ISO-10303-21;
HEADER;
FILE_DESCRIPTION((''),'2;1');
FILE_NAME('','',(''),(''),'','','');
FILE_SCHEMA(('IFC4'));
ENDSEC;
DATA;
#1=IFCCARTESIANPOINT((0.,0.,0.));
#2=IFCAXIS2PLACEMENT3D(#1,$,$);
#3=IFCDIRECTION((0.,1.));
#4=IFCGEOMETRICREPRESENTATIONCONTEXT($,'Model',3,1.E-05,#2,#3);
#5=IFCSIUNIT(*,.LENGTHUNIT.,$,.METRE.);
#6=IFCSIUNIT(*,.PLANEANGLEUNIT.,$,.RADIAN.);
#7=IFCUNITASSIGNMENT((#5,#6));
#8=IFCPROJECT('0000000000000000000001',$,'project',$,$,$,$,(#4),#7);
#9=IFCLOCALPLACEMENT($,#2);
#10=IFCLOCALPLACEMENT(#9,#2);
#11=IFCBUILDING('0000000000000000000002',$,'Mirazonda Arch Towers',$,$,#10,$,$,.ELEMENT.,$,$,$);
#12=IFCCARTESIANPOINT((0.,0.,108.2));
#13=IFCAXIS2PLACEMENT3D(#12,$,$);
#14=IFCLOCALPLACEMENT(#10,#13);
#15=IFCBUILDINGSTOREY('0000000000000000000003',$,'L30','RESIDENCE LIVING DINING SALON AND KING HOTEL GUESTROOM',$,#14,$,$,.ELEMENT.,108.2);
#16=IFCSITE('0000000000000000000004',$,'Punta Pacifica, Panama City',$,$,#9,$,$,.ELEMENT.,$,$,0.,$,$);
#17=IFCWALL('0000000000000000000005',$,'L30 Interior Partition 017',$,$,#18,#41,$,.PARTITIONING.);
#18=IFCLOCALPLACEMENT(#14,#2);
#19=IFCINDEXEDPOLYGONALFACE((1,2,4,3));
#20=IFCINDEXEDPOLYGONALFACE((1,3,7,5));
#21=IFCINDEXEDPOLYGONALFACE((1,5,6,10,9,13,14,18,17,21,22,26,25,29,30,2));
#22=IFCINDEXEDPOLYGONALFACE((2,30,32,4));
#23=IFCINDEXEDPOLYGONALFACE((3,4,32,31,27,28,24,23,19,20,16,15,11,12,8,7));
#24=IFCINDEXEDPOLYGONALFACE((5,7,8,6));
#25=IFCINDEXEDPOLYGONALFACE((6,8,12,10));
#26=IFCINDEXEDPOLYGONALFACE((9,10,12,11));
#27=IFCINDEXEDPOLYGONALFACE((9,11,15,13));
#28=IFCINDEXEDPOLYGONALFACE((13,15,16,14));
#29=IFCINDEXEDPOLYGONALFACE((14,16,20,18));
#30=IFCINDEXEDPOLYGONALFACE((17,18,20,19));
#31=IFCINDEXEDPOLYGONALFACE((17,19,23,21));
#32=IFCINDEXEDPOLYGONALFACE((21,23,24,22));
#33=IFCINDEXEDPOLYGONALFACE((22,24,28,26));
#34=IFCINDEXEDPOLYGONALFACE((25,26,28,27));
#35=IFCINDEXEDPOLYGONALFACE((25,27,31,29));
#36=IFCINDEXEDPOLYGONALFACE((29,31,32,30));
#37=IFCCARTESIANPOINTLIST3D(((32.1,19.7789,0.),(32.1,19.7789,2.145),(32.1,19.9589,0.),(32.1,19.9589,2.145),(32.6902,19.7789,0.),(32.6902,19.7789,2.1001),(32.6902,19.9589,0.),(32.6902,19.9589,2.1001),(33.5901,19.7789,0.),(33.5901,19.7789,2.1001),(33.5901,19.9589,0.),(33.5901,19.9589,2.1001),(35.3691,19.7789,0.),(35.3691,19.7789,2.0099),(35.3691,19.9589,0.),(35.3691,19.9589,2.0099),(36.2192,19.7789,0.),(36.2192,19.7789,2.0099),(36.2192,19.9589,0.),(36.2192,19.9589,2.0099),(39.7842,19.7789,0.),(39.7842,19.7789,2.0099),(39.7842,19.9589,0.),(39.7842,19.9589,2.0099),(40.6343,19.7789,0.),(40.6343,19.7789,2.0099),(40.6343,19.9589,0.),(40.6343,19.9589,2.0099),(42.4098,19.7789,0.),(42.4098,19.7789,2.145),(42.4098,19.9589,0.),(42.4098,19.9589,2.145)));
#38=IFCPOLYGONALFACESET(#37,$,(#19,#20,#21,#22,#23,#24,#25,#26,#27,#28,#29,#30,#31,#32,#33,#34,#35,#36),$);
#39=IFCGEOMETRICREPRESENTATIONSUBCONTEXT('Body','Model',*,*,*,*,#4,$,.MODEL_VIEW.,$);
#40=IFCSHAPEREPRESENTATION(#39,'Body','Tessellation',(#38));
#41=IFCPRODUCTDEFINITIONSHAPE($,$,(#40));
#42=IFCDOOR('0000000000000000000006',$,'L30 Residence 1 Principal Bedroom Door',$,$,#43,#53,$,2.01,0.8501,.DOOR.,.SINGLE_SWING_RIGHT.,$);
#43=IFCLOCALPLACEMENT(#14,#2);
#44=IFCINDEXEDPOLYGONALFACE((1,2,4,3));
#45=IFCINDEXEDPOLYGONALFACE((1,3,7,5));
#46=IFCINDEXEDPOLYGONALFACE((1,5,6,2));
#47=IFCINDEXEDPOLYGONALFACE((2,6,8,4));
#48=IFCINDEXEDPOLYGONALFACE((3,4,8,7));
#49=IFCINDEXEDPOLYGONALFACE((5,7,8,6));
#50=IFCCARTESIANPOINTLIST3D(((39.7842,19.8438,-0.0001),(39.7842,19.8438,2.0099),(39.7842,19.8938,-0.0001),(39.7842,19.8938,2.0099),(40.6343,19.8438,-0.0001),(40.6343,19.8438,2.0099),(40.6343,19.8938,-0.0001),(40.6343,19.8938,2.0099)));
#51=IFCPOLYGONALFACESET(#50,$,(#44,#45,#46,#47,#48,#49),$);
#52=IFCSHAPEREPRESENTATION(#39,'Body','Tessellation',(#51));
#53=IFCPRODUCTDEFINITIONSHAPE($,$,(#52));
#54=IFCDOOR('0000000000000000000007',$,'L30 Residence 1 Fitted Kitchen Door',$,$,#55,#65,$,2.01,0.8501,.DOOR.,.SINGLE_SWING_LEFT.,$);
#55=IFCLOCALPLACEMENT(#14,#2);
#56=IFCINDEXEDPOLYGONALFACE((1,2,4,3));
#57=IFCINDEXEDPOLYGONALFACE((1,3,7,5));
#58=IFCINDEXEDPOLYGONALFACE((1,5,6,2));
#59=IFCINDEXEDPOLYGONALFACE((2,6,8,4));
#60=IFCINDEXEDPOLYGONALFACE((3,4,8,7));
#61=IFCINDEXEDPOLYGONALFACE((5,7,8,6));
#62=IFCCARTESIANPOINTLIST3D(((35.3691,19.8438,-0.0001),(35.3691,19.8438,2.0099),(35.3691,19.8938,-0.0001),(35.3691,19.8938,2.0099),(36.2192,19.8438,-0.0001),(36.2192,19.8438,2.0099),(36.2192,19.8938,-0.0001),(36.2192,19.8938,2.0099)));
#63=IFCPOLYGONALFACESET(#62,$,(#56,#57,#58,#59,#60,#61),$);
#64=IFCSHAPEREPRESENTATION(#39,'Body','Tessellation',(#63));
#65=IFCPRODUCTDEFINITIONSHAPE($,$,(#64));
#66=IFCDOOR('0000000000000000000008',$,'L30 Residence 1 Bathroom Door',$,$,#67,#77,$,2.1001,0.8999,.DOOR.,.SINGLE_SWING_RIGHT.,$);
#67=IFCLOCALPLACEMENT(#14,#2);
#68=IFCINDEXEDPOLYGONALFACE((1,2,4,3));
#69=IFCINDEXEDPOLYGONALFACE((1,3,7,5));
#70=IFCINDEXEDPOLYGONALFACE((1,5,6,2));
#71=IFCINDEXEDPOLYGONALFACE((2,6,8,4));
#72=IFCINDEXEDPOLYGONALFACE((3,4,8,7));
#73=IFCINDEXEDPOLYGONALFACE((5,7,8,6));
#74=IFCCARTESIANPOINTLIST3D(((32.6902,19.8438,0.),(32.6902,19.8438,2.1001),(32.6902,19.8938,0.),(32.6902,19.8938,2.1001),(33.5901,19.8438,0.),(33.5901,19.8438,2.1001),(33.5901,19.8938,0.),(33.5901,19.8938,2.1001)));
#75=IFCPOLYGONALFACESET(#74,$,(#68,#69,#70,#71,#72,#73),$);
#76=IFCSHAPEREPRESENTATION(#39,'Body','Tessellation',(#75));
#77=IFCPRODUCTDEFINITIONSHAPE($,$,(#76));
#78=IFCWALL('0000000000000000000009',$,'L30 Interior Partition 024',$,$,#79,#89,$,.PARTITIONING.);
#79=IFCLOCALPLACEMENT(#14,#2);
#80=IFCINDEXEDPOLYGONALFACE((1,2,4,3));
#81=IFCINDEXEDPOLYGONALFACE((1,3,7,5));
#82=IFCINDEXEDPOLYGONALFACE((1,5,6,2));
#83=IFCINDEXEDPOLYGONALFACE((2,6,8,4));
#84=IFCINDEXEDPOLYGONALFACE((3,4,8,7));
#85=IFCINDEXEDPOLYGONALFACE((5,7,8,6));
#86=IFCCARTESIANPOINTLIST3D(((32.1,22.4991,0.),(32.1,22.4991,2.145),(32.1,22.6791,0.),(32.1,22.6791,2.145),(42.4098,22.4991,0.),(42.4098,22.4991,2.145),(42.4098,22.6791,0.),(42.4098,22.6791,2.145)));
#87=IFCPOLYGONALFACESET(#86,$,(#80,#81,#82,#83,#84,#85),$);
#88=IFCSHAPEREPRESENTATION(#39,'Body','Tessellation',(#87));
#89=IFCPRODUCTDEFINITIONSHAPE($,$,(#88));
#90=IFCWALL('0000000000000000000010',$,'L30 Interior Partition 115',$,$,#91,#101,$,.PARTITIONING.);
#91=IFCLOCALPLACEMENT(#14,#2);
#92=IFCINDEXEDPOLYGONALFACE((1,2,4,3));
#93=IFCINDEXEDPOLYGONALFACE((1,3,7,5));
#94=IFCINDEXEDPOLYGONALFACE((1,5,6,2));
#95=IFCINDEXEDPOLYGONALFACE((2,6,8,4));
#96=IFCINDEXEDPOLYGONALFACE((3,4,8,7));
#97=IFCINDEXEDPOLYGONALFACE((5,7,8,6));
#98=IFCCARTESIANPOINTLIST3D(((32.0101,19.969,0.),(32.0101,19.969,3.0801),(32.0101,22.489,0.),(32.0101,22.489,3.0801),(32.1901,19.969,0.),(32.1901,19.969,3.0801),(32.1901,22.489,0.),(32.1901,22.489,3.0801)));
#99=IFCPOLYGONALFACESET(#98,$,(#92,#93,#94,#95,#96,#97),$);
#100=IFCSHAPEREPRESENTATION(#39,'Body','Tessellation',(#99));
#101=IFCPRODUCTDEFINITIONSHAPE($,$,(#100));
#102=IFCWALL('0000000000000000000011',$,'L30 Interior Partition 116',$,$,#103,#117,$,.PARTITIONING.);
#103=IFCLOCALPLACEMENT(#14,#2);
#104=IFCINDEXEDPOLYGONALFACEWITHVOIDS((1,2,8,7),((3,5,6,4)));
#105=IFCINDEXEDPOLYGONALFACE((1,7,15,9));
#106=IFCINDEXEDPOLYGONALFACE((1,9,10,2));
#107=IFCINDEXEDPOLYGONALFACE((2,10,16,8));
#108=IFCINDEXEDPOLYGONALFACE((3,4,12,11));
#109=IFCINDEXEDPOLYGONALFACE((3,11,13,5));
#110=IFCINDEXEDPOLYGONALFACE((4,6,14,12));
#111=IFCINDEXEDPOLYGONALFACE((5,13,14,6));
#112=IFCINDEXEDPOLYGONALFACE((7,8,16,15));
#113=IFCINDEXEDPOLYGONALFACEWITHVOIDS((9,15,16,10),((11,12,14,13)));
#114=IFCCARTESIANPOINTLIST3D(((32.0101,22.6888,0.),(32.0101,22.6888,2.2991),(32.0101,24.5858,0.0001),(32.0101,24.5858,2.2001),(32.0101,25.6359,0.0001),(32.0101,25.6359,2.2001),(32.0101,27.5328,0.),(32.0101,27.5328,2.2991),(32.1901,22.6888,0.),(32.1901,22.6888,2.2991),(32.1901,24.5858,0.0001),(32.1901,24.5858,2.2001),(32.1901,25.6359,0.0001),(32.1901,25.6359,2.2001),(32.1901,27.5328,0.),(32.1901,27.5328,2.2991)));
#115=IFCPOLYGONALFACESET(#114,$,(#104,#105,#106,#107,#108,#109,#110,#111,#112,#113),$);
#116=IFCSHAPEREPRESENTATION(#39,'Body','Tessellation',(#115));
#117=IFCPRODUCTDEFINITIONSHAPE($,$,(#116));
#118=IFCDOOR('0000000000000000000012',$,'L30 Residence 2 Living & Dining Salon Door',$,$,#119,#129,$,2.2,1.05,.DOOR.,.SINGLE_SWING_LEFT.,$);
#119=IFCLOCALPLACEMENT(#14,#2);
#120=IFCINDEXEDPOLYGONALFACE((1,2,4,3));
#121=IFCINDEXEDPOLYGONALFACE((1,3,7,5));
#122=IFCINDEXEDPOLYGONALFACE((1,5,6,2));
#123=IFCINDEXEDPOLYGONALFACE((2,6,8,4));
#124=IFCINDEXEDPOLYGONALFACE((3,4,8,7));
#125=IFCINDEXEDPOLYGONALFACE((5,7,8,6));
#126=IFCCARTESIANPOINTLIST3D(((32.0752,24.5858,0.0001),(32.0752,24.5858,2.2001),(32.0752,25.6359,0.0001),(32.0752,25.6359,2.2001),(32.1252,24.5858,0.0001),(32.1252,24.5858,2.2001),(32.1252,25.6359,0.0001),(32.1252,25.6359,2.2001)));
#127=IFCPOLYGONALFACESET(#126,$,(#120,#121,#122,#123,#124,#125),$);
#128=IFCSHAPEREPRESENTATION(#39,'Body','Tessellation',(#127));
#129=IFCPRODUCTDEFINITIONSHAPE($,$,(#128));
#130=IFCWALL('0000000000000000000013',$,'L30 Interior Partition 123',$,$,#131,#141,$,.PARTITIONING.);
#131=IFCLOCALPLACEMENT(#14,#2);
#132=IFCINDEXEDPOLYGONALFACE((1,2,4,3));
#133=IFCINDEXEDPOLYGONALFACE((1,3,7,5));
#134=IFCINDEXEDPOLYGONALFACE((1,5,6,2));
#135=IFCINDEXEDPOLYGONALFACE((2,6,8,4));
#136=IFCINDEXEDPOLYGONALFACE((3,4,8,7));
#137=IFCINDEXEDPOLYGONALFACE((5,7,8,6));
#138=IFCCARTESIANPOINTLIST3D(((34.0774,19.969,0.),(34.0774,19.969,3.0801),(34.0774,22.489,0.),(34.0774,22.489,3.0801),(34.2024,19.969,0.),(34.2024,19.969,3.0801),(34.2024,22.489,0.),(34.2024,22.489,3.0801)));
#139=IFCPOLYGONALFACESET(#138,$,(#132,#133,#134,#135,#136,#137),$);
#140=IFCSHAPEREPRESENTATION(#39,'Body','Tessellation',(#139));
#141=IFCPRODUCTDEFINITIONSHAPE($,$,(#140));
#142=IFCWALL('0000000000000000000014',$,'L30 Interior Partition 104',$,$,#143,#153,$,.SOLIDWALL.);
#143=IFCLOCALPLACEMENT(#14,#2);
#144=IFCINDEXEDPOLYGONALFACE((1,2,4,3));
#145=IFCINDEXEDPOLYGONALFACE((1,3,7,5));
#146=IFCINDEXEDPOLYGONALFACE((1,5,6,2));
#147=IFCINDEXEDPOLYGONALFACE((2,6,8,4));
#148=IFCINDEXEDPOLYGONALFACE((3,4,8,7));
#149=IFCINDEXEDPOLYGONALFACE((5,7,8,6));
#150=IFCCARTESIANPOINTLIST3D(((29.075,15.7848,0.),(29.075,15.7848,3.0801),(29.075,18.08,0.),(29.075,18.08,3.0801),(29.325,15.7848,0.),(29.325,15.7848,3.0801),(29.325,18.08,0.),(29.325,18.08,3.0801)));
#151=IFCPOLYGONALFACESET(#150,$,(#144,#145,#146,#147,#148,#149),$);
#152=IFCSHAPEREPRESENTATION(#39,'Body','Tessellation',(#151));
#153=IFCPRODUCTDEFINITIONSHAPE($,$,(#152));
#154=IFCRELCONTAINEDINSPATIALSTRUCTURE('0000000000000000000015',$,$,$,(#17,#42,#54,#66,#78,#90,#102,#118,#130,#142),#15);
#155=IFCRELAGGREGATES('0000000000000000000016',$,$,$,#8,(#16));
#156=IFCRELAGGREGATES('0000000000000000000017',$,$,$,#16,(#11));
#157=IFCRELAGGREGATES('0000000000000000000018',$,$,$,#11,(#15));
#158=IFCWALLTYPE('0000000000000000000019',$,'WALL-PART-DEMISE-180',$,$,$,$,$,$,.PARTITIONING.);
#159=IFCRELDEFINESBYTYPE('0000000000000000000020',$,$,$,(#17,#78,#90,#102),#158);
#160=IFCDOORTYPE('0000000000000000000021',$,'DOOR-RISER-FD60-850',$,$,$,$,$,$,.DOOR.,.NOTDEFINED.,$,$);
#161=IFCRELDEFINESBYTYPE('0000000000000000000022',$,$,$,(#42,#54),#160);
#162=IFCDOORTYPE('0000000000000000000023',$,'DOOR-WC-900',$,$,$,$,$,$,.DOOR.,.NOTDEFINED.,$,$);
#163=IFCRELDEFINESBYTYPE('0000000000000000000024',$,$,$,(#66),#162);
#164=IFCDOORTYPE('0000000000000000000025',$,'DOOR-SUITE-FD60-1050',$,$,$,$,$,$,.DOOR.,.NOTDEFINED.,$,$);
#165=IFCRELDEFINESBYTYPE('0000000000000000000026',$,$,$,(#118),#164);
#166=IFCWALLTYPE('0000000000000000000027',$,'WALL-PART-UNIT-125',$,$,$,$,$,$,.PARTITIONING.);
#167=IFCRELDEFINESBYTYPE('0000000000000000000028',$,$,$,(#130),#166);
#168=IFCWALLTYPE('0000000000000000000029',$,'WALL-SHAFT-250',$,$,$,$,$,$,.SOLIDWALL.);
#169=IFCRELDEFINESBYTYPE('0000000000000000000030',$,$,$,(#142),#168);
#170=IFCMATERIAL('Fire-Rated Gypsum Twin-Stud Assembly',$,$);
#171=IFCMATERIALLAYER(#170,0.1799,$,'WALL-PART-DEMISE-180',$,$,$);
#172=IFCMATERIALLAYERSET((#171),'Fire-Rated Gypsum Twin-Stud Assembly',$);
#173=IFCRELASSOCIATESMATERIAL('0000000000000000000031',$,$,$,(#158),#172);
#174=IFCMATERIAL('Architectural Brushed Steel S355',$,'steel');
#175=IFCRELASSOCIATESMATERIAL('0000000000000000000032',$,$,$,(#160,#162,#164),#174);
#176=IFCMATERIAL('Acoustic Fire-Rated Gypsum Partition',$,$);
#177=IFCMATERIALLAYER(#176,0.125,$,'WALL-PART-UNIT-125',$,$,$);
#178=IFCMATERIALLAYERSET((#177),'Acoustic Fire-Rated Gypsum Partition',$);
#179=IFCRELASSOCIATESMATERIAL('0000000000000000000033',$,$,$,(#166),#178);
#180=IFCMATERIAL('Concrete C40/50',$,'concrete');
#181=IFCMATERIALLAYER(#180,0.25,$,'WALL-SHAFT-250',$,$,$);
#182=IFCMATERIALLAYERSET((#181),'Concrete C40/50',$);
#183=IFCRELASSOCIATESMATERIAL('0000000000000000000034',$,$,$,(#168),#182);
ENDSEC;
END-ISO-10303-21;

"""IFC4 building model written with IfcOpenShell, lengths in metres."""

from ifc_helpers import new_model, si_unit, direction, frame, frame_2d, origin, place, context, subcontext, project, spatial, rectangle, extrude, material, layer, layer_set, type_object, element, fill, save


model = new_model("IFC4")

# Units and contexts
model_context = context("Model", 3, precision=1e-05, world=origin(), true_north=direction((0.0, 1.0)))
body_context = subcontext(model_context, "Body", "Model", "MODEL_VIEW")
ifc_project = project(units=[si_unit("LENGTHUNIT", "METRE"), si_unit("PLANEANGLEUNIT", "RADIAN")], contexts=[model_context])

# Site, building, storey
site_placement = place(None, origin())
site = spatial("IfcSite", under=ifc_project, at=site_placement, Name="Punta Pacifica, Panama City", CompositionType="ELEMENT", RefElevation=0.0)
building_placement = place(site_placement, origin())
building = spatial("IfcBuilding", under=site, at=building_placement, Name="Mirazonda Arch Towers", CompositionType="ELEMENT")
storey_placement = place(building_placement, frame((0.0, 0.0, 108.2)))
storey = spatial("IfcBuildingStorey", under=building, at=storey_placement, Name="L30", Description="RESIDENCE LIVING DINING SALON AND KING HOTEL GUESTROOM", CompositionType="ELEMENT", Elevation=108.2)

# Wall, openings, doors
ifc_material_1 = material(Name="Fire-Rated Gypsum Twin-Stud Assembly")
ifc_layer_1 = layer(ifc_material_1, 0.1799, Name="WALL-PART-DEMISE-180")
ifc_layer_set_1 = layer_set([ifc_layer_1], Name="Fire-Rated Gypsum Twin-Stud Assembly")
wall_type_1 = type_object("IfcWallType", Name="WALL-PART-DEMISE-180", PredefinedType="PARTITIONING", material=ifc_layer_set_1)
wall_1_placement = place(storey_placement, frame((32.1001, 19.8689, 0.0), z_axis=(0.0, 0.0, 1.0), x_axis=(1.0, 0.0, 0.0)))
wall_1 = element("IfcWall", 1, at=wall_1_placement, inside=storey, type_object=wall_type_1, Name="L30 Interior Partition 017", PredefinedType="PARTITIONING", context=body_context, shape_type="SweptSolid", body=[
    extrude(rectangle(XDim=10.3098, YDim=0.1799, at=frame_2d((5.1548, 0.0))), origin(), (0.0, 0.0, 1.0), 2.145),
])
opening_1_placement = place(wall_1_placement, frame((7.6841, 0.0, 0.0)))
opening_1 = element("IfcOpeningElement", 2, at=opening_1_placement, cuts=wall_1, PredefinedType="OPENING", context=body_context, shape_type="SweptSolid", body=[
    extrude(rectangle(XDim=0.8501, YDim=2.01, at=frame_2d((0.425, 1.0049))), frame((0.0, 0.0999, 0.0), z_axis=(0.0, -1.0, 0.0), x_axis=(1.0, 0.0, 0.0)), (0.0, 0.0, 1.0), 0.2),
])
opening_2_placement = place(wall_1_placement, frame((3.269, 0.0, 0.0)))
opening_2 = element("IfcOpeningElement", 3, at=opening_2_placement, cuts=wall_1, PredefinedType="OPENING", context=body_context, shape_type="SweptSolid", body=[
    extrude(rectangle(XDim=0.8501, YDim=2.01, at=frame_2d((0.425, 1.0049))), frame((0.0, 0.0999, 0.0), z_axis=(0.0, -1.0, 0.0), x_axis=(1.0, 0.0, 0.0)), (0.0, 0.0, 1.0), 0.2),
])
opening_3_placement = place(wall_1_placement, frame((0.5901, 0.0, 0.0)))
opening_3 = element("IfcOpeningElement", 4, at=opening_3_placement, cuts=wall_1, PredefinedType="OPENING", context=body_context, shape_type="SweptSolid", body=[
    extrude(rectangle(XDim=0.8999, YDim=2.1001, at=frame_2d((0.45, 1.05))), frame((0.0, 0.0999, 0.0), z_axis=(0.0, -1.0, 0.0), x_axis=(1.0, 0.0, 0.0)), (0.0, 0.0, 1.0), 0.2),
])
ifc_material_2 = material(Name="Architectural Brushed Steel S355", Category="steel")
door_type_1 = type_object("IfcDoorType", Name="DOOR-RISER-FD60-850", OperationType="NOTDEFINED", PredefinedType="DOOR", material=ifc_material_2)
door_1_placement = place(opening_1_placement, origin())
door_1 = element("IfcDoor", 5, at=door_1_placement, inside=storey, type_object=door_type_1, Name="L30 Residence 1 Principal Bedroom Door", OperationType="SINGLE_SWING_RIGHT", OverallHeight=2.01, OverallWidth=0.8501, PredefinedType="DOOR", context=body_context, shape_type="SweptSolid", body=[
    extrude(rectangle(XDim=0.8501, YDim=2.01, at=frame_2d((0.425, 1.0049))), frame((0.0, 0.0249, 0.0), z_axis=(0.0, -1.0, 0.0), x_axis=(1.0, 0.0, 0.0)), (0.0, 0.0, 1.0), 0.05),
])
fill(opening_1, door_1)
door_2_placement = place(opening_2_placement, origin())
door_2 = element("IfcDoor", 6, at=door_2_placement, inside=storey, type_object=door_type_1, Name="L30 Residence 1 Fitted Kitchen Door", OperationType="SINGLE_SWING_LEFT", OverallHeight=2.01, OverallWidth=0.8501, PredefinedType="DOOR", context=body_context, shape_type="SweptSolid", body=[
    extrude(rectangle(XDim=0.8501, YDim=2.01, at=frame_2d((0.425, 1.0049))), frame((0.0, 0.0249, 0.0), z_axis=(0.0, -1.0, 0.0), x_axis=(1.0, 0.0, 0.0)), (0.0, 0.0, 1.0), 0.05),
])
fill(opening_2, door_2)
door_type_2 = type_object("IfcDoorType", Name="DOOR-WC-900", OperationType="NOTDEFINED", PredefinedType="DOOR", material=ifc_material_2)
door_3_placement = place(opening_3_placement, origin())
door_3 = element("IfcDoor", 7, at=door_3_placement, inside=storey, type_object=door_type_2, Name="L30 Residence 1 Bathroom Door", OperationType="SINGLE_SWING_RIGHT", OverallHeight=2.1001, OverallWidth=0.8999, PredefinedType="DOOR", context=body_context, shape_type="SweptSolid", body=[
    extrude(rectangle(XDim=0.8999, YDim=2.1001, at=frame_2d((0.45, 1.05))), frame((0.0, 0.0249, 0.0), z_axis=(0.0, -1.0, 0.0), x_axis=(1.0, 0.0, 0.0)), (0.0, 0.0, 1.0), 0.05),
])
fill(opening_3, door_3)

# Walls
wall_2_placement = place(storey_placement, frame((32.1001, 22.5891, 0.0), z_axis=(0.0, 0.0, 1.0), x_axis=(1.0, 0.0, 0.0)))
element("IfcWall", 8, at=wall_2_placement, inside=storey, type_object=wall_type_1, Name="L30 Interior Partition 024", PredefinedType="PARTITIONING", context=body_context, shape_type="SweptSolid", body=[
    extrude(rectangle(XDim=10.3098, YDim=0.1799, at=frame_2d((5.1548, 0.0))), origin(), (0.0, 0.0, 1.0), 2.145),
])
wall_3_placement = place(storey_placement, frame((32.1001, 19.969, 0.0), z_axis=(0.0, 0.0, 1.0), x_axis=(0.0, 1.0, 0.0)))
element("IfcWall", 9, at=wall_3_placement, inside=storey, type_object=wall_type_1, Name="L30 Interior Partition 115", PredefinedType="PARTITIONING", context=body_context, shape_type="SweptSolid", body=[
    extrude(rectangle(XDim=2.52, YDim=0.1799, at=frame_2d((1.26, 0.0))), origin(), (0.0, 0.0, 1.0), 3.0801),
])

# Wall, opening, door
wall_4_placement = place(storey_placement, frame((32.1001, 22.689, 0.0), z_axis=(0.0, 0.0, 1.0), x_axis=(0.0, 1.0, 0.0)))
wall_4 = element("IfcWall", 10, at=wall_4_placement, inside=storey, type_object=wall_type_1, Name="L30 Interior Partition 116", PredefinedType="PARTITIONING", context=body_context, shape_type="SweptSolid", body=[
    extrude(rectangle(XDim=4.844, YDim=0.1799, at=frame_2d((2.4219, 0.0))), origin(), (0.0, 0.0, 1.0), 2.2991),
])
opening_4_placement = place(wall_4_placement, frame((1.897, 0.0, 0.0)))
opening_4 = element("IfcOpeningElement", 11, at=opening_4_placement, cuts=wall_4, PredefinedType="OPENING", context=body_context, shape_type="SweptSolid", body=[
    extrude(rectangle(XDim=1.05, YDim=2.2, at=frame_2d((0.5249, 1.1001))), frame((0.0, 0.0999, 0.0), z_axis=(0.0, -1.0, 0.0), x_axis=(1.0, 0.0, 0.0)), (0.0, 0.0, 1.0), 0.2),
])
door_type_3 = type_object("IfcDoorType", Name="DOOR-SUITE-FD60-1050", OperationType="NOTDEFINED", PredefinedType="DOOR", material=ifc_material_2)
door_4_placement = place(opening_4_placement, origin())
door_4 = element("IfcDoor", 12, at=door_4_placement, inside=storey, type_object=door_type_3, Name="L30 Residence 2 Living & Dining Salon Door", OperationType="SINGLE_SWING_LEFT", OverallHeight=2.2, OverallWidth=1.05, PredefinedType="DOOR", context=body_context, shape_type="SweptSolid", body=[
    extrude(rectangle(XDim=1.05, YDim=2.2, at=frame_2d((0.5249, 1.1001))), frame((0.0, 0.0249, 0.0), z_axis=(0.0, -1.0, 0.0), x_axis=(1.0, 0.0, 0.0)), (0.0, 0.0, 1.0), 0.05),
])
fill(opening_4, door_4)

# Walls
ifc_material_3 = material(Name="Acoustic Fire-Rated Gypsum Partition")
ifc_layer_2 = layer(ifc_material_3, 0.125, Name="WALL-PART-UNIT-125")
ifc_layer_set_2 = layer_set([ifc_layer_2], Name="Acoustic Fire-Rated Gypsum Partition")
wall_type_2 = type_object("IfcWallType", Name="WALL-PART-UNIT-125", PredefinedType="PARTITIONING", material=ifc_layer_set_2)
wall_5_placement = place(storey_placement, frame((34.1399, 19.969, 0.0), z_axis=(0.0, 0.0, 1.0), x_axis=(0.0, 1.0, 0.0)))
element("IfcWall", 13, at=wall_5_placement, inside=storey, type_object=wall_type_2, Name="L30 Interior Partition 123", PredefinedType="PARTITIONING", context=body_context, shape_type="SweptSolid", body=[
    extrude(rectangle(XDim=2.52, YDim=0.125, at=frame_2d((1.26, 0.0))), origin(), (0.0, 0.0, 1.0), 3.0801),
])
ifc_material_4 = material(Name="Concrete C40/50", Category="concrete")
ifc_layer_3 = layer(ifc_material_4, 0.25, Name="WALL-SHAFT-250")
ifc_layer_set_3 = layer_set([ifc_layer_3], Name="Concrete C40/50")
wall_type_3 = type_object("IfcWallType", Name="WALL-SHAFT-250", PredefinedType="SOLIDWALL", material=ifc_layer_set_3)
wall_6_placement = place(storey_placement, frame((29.2, 15.7849, 0.0), z_axis=(0.0, 0.0, 1.0), x_axis=(0.0, 1.0, 0.0)))
element("IfcWall", 14, at=wall_6_placement, inside=storey, type_object=wall_type_3, Name="L30 Interior Partition 104", PredefinedType="SOLIDWALL", context=body_context, shape_type="SweptSolid", body=[
    extrude(rectangle(XDim=2.2952, YDim=0.25, at=frame_2d((1.1475, 0.0))), origin(), (0.0, 0.0, 1.0), 3.0801),
])

save(model, "model.ifc")
